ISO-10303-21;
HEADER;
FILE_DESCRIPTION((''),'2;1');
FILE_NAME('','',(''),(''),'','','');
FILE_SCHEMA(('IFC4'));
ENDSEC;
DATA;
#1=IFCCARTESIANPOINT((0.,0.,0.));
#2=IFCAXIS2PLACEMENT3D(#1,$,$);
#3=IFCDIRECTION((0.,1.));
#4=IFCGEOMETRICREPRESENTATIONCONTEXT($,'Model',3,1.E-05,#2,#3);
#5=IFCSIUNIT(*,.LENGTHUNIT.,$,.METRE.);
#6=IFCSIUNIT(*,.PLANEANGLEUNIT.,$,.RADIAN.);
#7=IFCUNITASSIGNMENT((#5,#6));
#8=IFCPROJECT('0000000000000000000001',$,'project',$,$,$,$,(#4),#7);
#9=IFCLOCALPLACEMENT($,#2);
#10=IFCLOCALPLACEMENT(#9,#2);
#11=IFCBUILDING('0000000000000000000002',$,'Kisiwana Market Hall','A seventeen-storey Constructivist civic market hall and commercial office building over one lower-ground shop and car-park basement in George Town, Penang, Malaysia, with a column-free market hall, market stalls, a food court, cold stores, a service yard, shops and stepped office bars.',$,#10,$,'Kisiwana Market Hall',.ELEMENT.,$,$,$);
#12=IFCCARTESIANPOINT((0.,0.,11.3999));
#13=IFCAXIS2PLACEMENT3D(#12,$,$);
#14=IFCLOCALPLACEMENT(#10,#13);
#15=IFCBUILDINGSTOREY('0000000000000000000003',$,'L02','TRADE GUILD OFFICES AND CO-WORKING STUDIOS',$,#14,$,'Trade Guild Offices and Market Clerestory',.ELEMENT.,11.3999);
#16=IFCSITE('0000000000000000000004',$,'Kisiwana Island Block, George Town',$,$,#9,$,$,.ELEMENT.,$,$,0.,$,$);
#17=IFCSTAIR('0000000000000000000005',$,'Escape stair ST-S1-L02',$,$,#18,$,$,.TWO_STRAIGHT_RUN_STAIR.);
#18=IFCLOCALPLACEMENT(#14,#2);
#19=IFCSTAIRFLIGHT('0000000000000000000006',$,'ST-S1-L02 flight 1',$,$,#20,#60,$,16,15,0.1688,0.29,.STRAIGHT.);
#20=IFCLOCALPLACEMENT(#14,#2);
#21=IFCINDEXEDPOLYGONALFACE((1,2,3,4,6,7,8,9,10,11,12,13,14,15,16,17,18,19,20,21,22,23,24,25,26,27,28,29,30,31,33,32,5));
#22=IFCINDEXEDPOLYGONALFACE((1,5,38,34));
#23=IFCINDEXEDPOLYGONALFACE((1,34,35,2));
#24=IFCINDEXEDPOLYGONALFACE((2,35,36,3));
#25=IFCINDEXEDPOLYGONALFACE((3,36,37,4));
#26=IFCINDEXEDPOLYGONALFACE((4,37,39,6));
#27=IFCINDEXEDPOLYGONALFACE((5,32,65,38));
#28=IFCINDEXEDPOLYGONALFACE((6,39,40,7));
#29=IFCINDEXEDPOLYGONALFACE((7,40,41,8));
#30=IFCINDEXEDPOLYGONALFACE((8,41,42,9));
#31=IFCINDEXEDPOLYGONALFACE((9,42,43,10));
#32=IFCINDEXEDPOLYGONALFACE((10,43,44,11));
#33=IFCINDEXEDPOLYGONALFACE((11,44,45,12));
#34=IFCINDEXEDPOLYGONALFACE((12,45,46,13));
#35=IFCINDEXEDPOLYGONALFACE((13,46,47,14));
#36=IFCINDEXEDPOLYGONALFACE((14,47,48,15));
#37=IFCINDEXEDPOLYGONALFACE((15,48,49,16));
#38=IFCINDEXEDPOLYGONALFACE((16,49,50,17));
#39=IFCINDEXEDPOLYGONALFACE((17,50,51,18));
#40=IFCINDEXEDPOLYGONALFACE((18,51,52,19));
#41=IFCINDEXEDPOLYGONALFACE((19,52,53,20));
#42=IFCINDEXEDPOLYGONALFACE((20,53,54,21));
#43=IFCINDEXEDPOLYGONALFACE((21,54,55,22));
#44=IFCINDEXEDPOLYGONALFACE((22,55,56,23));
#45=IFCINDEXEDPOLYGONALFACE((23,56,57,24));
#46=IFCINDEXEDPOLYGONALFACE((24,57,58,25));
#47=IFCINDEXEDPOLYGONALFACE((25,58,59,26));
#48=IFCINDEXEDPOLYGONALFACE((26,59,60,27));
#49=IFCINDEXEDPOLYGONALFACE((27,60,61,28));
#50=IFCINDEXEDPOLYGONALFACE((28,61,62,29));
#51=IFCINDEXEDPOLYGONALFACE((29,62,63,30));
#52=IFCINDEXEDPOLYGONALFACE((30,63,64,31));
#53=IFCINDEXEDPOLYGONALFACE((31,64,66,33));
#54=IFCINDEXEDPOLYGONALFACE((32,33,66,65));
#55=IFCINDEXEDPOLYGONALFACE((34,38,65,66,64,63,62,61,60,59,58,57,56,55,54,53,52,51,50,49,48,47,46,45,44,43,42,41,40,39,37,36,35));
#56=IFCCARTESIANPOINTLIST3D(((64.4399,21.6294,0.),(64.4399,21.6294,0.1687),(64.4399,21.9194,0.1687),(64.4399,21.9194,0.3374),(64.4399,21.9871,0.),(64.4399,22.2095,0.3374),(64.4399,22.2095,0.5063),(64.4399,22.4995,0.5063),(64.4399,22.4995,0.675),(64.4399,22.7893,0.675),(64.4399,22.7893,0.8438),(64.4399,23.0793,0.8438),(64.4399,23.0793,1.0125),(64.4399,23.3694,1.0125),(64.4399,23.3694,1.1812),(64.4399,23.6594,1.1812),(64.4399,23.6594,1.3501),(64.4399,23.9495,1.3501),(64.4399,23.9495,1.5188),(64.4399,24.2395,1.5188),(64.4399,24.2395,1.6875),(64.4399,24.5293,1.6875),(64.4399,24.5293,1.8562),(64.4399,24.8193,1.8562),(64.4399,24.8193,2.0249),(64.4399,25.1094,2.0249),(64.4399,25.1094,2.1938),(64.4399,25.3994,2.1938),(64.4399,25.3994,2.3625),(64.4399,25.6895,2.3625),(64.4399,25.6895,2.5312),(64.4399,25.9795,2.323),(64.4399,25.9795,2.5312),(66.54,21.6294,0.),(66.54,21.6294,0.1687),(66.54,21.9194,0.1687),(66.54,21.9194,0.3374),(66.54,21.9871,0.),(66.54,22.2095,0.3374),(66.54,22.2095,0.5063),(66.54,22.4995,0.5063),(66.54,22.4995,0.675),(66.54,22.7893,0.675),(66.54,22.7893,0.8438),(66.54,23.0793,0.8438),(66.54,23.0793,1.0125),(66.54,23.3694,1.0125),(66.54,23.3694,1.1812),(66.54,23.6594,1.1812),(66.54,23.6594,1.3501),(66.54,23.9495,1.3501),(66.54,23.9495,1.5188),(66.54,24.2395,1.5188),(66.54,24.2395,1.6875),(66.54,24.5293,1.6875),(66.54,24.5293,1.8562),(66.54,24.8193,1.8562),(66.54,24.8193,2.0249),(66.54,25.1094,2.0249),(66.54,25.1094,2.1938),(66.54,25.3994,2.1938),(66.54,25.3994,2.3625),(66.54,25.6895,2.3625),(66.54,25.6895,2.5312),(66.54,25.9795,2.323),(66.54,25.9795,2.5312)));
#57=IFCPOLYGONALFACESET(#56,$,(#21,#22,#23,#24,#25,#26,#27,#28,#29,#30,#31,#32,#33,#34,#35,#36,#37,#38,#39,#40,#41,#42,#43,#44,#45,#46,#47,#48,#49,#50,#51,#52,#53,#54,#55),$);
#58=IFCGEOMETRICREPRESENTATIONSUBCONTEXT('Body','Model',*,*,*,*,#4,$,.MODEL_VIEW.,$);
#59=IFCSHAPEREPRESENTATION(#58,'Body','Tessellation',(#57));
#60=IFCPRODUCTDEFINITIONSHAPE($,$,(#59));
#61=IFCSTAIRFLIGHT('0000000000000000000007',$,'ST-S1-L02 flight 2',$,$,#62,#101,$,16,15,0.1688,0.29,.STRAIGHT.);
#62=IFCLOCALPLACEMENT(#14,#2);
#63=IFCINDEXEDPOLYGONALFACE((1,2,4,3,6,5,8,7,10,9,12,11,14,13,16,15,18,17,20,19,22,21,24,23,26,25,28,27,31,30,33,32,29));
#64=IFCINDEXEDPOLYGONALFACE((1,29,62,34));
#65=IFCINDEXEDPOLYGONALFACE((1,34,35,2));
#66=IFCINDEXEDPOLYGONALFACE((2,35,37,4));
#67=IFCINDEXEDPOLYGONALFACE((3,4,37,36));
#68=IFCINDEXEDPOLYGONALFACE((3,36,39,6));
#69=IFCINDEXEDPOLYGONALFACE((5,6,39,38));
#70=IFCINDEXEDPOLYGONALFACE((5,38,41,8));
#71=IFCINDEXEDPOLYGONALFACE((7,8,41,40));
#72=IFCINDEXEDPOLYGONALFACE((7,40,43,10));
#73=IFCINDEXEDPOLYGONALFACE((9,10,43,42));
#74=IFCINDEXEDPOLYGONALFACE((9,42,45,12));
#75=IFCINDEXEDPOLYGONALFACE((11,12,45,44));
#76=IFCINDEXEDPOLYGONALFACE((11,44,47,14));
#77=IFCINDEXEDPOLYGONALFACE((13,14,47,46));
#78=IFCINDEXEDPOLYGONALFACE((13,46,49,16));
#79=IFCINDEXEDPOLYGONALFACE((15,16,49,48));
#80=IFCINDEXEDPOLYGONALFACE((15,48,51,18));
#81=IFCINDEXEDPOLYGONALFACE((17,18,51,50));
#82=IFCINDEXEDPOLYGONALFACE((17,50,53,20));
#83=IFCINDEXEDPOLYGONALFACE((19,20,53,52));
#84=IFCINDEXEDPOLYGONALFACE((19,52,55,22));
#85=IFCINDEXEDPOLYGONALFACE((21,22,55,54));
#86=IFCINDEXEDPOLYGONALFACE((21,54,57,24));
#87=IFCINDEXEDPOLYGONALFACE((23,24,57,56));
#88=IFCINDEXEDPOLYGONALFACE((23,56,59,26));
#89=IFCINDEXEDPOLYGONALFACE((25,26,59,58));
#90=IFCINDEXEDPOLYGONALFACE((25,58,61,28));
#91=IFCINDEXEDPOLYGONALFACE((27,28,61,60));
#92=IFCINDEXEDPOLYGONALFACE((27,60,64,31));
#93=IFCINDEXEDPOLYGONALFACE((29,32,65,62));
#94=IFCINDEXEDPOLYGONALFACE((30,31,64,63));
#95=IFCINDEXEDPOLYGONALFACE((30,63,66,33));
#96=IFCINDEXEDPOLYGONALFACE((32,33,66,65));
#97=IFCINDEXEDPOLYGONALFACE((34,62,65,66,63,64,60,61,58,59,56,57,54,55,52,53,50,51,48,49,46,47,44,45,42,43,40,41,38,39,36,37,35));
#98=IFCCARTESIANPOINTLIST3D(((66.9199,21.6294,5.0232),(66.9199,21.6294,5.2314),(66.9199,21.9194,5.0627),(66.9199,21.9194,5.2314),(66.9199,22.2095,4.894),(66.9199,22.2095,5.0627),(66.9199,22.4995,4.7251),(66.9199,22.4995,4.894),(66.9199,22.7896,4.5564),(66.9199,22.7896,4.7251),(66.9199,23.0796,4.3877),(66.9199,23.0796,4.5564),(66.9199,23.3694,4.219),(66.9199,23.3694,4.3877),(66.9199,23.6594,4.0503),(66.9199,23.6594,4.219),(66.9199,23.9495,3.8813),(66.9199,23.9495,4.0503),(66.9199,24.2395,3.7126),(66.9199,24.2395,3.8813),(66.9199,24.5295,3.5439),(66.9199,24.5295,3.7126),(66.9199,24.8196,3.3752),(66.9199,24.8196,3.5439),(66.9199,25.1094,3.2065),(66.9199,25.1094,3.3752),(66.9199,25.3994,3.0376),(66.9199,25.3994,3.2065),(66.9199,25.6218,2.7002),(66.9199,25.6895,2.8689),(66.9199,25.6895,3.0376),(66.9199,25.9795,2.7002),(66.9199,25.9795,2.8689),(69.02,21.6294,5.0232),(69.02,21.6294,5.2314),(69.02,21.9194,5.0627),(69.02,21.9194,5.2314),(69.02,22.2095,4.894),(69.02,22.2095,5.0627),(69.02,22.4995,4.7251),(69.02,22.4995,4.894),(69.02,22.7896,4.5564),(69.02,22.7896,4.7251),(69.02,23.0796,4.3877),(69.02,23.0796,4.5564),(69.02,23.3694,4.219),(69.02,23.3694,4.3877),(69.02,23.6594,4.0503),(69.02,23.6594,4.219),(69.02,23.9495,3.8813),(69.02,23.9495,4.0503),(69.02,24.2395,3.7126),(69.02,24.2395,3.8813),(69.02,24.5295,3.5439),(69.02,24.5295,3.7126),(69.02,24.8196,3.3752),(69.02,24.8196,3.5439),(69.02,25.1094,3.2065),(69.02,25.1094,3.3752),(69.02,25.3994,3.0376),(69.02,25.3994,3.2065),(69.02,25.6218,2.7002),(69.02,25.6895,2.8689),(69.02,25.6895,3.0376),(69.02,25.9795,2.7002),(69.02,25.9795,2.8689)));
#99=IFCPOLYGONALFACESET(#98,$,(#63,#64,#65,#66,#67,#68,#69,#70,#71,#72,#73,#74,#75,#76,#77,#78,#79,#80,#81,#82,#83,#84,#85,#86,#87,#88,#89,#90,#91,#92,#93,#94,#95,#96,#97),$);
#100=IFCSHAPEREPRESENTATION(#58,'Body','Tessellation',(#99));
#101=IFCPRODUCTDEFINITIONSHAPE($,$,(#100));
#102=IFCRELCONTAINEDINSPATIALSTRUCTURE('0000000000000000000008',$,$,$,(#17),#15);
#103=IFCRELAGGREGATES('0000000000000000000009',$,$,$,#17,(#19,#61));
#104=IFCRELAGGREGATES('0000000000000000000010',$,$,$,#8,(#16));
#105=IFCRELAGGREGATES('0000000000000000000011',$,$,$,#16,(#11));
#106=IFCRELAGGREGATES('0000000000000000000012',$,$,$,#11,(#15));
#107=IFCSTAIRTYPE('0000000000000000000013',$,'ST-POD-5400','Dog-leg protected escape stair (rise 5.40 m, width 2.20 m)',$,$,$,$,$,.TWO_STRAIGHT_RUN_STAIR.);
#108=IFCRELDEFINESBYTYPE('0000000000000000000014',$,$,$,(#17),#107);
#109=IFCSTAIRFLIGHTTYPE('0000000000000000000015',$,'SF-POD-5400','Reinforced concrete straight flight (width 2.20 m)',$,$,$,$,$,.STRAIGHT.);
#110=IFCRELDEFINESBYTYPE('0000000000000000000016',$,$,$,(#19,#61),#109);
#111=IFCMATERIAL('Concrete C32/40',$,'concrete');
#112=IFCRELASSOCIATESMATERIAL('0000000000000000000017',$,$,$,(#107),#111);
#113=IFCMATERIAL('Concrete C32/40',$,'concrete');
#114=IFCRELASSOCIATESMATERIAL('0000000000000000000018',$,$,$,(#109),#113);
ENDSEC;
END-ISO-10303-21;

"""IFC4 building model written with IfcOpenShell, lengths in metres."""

from ifc_helpers import new_model, si_unit, direction, frame, origin, place, context, subcontext, project, spatial, polyline, outline, extrude, material, type_object, element, aggregate, save


model = new_model("IFC4")

# Units and contexts
model_context = context("Model", 3, precision=1e-05, world=origin(), true_north=direction((0.0, 1.0)))
body_context = subcontext(model_context, "Body", "Model", "MODEL_VIEW")
ifc_project = project(units=[si_unit("LENGTHUNIT", "METRE"), si_unit("PLANEANGLEUNIT", "RADIAN")], contexts=[model_context])

# Site, building, storey
site_placement = place(None, origin())
site = spatial("IfcSite", under=ifc_project, at=site_placement, Name="Kisiwana Island Block, George Town", CompositionType="ELEMENT", RefElevation=0.0)
building_placement = place(site_placement, origin())
building = spatial("IfcBuilding", under=site, at=building_placement, Name="Kisiwana Market Hall", Description="A seventeen-storey Constructivist civic market hall and commercial office building over one lower-ground shop and car-park basement in George Town, Penang, Malaysia, with a column-free market hall, market stalls, a food court, cold stores, a service yard, shops and stepped office bars.", LongName="Kisiwana Market Hall", CompositionType="ELEMENT")
storey_placement = place(building_placement, frame((0.0, 0.0, 11.3999)))
storey = spatial("IfcBuildingStorey", under=building, at=storey_placement, Name="L02", Description="TRADE GUILD OFFICES AND CO-WORKING STUDIOS", LongName="Trade Guild Offices and Market Clerestory", CompositionType="ELEMENT", Elevation=11.3999)

# Stair, stair flights
ifc_material_1 = material(Name="Concrete C32/40", Category="concrete")
stair_type = type_object("IfcStairType", Name="ST-POD-5400", Description="Dog-leg protected escape stair (rise 5.40 m, width 2.20 m)", PredefinedType="TWO_STRAIGHT_RUN_STAIR", material=ifc_material_1)
stair_placement = place(storey_placement, origin())
stair = element("IfcStair", 1, at=stair_placement, inside=storey, type_object=stair_type, Name="Escape stair ST-S1-L02", PredefinedType="TWO_STRAIGHT_RUN_STAIR")
ifc_material_2 = material(Name="Concrete C32/40", Category="concrete")
stair_flight_type = type_object("IfcStairFlightType", Name="SF-POD-5400", Description="Reinforced concrete straight flight (width 2.20 m)", PredefinedType="STRAIGHT", material=ifc_material_2)
stair_flight_1_placement = place(storey_placement, frame((65.49, 21.6294, 0.0), z_axis=(0.0, 0.0, 1.0), x_axis=(0.0, 1.0, 0.0)))
stair_flight_1 = element("IfcStairFlight", 2, at=stair_flight_1_placement, type_object=stair_flight_type, Name="ST-S1-L02 flight 1", NumberOfRisers=16, NumberOfTreads=15, PredefinedType="STRAIGHT", RiserHeight=0.1688, TreadLength=0.29, context=body_context, shape_type="SweptSolid", body=[
    extrude(outline(polyline([(0.0, 0.0), (0.0, 0.1687), (0.29, 0.1687), (0.29, 0.3374), (0.5801, 0.3374), (0.5801, 0.5063), (0.8701, 0.5063), (0.8701, 0.675), (1.1599, 0.675), (1.1599, 0.8438), (1.45, 0.8438), (1.45, 1.0125), (1.74, 1.0125), (1.74, 1.1812), (2.03, 1.1812), (2.03, 1.3501), (2.3201, 1.3501), (2.3201, 1.5188), (2.6101, 1.5188), (2.6101, 1.6875), (2.8999, 1.6875), (2.8999, 1.8562), (3.1899, 1.8562), (3.1899, 2.0249), (3.48, 2.0249), (3.48, 2.1938), (3.77, 2.1938), (3.77, 2.3625), (4.0601, 2.3625), (4.0601, 2.5312), (4.3501, 2.5312), (4.3501, 2.7), (4.3501, 2.323), (0.3577, 0.0), (0.0, 0.0)])), frame((0.0, 1.05, 0.0), z_axis=(0.0, -1.0, 0.0), x_axis=(1.0, 0.0, 0.0)), (0.0, 0.0, 1.0), 2.1001),
])
stair_flight_2_placement = place(storey_placement, frame((67.97, 25.9795, 2.7002), z_axis=(0.0, 0.0, 1.0), x_axis=(0.0, -1.0, 0.0)))
stair_flight_2 = element("IfcStairFlight", 3, at=stair_flight_2_placement, type_object=stair_flight_type, Name="ST-S1-L02 flight 2", NumberOfRisers=16, NumberOfTreads=15, PredefinedType="STRAIGHT", RiserHeight=0.1688, TreadLength=0.29, context=body_context, shape_type="SweptSolid", body=[
    extrude(outline(polyline([(0.0, 0.0), (0.0, 0.1687), (0.29, 0.1687), (0.29, 0.3374), (0.5801, 0.3374), (0.5801, 0.5063), (0.8701, 0.5063), (0.8701, 0.675), (1.1599, 0.675), (1.1599, 0.8438), (1.45, 0.8438), (1.45, 1.0125), (1.74, 1.0125), (1.74, 1.1812), (2.03, 1.1812), (2.03, 1.3501), (2.3201, 1.3501), (2.3201, 1.5188), (2.6101, 1.5188), (2.6101, 1.6875), (2.8999, 1.6875), (2.8999, 1.8562), (3.1899, 1.8562), (3.1899, 2.0249), (3.48, 2.0249), (3.48, 2.1938), (3.77, 2.1938), (3.77, 2.3625), (4.0601, 2.3625), (4.0601, 2.5312), (4.3501, 2.5312), (4.3501, 2.7), (4.3501, 2.323), (0.3577, 0.0), (0.0, 0.0)])), frame((0.0, 1.05, 0.0), z_axis=(0.0, -1.0, 0.0), x_axis=(1.0, 0.0, 0.0)), (0.0, 0.0, 1.0), 2.1001),
])
aggregate(stair, [stair_flight_1, stair_flight_2])

save(model, "model.ifc")
